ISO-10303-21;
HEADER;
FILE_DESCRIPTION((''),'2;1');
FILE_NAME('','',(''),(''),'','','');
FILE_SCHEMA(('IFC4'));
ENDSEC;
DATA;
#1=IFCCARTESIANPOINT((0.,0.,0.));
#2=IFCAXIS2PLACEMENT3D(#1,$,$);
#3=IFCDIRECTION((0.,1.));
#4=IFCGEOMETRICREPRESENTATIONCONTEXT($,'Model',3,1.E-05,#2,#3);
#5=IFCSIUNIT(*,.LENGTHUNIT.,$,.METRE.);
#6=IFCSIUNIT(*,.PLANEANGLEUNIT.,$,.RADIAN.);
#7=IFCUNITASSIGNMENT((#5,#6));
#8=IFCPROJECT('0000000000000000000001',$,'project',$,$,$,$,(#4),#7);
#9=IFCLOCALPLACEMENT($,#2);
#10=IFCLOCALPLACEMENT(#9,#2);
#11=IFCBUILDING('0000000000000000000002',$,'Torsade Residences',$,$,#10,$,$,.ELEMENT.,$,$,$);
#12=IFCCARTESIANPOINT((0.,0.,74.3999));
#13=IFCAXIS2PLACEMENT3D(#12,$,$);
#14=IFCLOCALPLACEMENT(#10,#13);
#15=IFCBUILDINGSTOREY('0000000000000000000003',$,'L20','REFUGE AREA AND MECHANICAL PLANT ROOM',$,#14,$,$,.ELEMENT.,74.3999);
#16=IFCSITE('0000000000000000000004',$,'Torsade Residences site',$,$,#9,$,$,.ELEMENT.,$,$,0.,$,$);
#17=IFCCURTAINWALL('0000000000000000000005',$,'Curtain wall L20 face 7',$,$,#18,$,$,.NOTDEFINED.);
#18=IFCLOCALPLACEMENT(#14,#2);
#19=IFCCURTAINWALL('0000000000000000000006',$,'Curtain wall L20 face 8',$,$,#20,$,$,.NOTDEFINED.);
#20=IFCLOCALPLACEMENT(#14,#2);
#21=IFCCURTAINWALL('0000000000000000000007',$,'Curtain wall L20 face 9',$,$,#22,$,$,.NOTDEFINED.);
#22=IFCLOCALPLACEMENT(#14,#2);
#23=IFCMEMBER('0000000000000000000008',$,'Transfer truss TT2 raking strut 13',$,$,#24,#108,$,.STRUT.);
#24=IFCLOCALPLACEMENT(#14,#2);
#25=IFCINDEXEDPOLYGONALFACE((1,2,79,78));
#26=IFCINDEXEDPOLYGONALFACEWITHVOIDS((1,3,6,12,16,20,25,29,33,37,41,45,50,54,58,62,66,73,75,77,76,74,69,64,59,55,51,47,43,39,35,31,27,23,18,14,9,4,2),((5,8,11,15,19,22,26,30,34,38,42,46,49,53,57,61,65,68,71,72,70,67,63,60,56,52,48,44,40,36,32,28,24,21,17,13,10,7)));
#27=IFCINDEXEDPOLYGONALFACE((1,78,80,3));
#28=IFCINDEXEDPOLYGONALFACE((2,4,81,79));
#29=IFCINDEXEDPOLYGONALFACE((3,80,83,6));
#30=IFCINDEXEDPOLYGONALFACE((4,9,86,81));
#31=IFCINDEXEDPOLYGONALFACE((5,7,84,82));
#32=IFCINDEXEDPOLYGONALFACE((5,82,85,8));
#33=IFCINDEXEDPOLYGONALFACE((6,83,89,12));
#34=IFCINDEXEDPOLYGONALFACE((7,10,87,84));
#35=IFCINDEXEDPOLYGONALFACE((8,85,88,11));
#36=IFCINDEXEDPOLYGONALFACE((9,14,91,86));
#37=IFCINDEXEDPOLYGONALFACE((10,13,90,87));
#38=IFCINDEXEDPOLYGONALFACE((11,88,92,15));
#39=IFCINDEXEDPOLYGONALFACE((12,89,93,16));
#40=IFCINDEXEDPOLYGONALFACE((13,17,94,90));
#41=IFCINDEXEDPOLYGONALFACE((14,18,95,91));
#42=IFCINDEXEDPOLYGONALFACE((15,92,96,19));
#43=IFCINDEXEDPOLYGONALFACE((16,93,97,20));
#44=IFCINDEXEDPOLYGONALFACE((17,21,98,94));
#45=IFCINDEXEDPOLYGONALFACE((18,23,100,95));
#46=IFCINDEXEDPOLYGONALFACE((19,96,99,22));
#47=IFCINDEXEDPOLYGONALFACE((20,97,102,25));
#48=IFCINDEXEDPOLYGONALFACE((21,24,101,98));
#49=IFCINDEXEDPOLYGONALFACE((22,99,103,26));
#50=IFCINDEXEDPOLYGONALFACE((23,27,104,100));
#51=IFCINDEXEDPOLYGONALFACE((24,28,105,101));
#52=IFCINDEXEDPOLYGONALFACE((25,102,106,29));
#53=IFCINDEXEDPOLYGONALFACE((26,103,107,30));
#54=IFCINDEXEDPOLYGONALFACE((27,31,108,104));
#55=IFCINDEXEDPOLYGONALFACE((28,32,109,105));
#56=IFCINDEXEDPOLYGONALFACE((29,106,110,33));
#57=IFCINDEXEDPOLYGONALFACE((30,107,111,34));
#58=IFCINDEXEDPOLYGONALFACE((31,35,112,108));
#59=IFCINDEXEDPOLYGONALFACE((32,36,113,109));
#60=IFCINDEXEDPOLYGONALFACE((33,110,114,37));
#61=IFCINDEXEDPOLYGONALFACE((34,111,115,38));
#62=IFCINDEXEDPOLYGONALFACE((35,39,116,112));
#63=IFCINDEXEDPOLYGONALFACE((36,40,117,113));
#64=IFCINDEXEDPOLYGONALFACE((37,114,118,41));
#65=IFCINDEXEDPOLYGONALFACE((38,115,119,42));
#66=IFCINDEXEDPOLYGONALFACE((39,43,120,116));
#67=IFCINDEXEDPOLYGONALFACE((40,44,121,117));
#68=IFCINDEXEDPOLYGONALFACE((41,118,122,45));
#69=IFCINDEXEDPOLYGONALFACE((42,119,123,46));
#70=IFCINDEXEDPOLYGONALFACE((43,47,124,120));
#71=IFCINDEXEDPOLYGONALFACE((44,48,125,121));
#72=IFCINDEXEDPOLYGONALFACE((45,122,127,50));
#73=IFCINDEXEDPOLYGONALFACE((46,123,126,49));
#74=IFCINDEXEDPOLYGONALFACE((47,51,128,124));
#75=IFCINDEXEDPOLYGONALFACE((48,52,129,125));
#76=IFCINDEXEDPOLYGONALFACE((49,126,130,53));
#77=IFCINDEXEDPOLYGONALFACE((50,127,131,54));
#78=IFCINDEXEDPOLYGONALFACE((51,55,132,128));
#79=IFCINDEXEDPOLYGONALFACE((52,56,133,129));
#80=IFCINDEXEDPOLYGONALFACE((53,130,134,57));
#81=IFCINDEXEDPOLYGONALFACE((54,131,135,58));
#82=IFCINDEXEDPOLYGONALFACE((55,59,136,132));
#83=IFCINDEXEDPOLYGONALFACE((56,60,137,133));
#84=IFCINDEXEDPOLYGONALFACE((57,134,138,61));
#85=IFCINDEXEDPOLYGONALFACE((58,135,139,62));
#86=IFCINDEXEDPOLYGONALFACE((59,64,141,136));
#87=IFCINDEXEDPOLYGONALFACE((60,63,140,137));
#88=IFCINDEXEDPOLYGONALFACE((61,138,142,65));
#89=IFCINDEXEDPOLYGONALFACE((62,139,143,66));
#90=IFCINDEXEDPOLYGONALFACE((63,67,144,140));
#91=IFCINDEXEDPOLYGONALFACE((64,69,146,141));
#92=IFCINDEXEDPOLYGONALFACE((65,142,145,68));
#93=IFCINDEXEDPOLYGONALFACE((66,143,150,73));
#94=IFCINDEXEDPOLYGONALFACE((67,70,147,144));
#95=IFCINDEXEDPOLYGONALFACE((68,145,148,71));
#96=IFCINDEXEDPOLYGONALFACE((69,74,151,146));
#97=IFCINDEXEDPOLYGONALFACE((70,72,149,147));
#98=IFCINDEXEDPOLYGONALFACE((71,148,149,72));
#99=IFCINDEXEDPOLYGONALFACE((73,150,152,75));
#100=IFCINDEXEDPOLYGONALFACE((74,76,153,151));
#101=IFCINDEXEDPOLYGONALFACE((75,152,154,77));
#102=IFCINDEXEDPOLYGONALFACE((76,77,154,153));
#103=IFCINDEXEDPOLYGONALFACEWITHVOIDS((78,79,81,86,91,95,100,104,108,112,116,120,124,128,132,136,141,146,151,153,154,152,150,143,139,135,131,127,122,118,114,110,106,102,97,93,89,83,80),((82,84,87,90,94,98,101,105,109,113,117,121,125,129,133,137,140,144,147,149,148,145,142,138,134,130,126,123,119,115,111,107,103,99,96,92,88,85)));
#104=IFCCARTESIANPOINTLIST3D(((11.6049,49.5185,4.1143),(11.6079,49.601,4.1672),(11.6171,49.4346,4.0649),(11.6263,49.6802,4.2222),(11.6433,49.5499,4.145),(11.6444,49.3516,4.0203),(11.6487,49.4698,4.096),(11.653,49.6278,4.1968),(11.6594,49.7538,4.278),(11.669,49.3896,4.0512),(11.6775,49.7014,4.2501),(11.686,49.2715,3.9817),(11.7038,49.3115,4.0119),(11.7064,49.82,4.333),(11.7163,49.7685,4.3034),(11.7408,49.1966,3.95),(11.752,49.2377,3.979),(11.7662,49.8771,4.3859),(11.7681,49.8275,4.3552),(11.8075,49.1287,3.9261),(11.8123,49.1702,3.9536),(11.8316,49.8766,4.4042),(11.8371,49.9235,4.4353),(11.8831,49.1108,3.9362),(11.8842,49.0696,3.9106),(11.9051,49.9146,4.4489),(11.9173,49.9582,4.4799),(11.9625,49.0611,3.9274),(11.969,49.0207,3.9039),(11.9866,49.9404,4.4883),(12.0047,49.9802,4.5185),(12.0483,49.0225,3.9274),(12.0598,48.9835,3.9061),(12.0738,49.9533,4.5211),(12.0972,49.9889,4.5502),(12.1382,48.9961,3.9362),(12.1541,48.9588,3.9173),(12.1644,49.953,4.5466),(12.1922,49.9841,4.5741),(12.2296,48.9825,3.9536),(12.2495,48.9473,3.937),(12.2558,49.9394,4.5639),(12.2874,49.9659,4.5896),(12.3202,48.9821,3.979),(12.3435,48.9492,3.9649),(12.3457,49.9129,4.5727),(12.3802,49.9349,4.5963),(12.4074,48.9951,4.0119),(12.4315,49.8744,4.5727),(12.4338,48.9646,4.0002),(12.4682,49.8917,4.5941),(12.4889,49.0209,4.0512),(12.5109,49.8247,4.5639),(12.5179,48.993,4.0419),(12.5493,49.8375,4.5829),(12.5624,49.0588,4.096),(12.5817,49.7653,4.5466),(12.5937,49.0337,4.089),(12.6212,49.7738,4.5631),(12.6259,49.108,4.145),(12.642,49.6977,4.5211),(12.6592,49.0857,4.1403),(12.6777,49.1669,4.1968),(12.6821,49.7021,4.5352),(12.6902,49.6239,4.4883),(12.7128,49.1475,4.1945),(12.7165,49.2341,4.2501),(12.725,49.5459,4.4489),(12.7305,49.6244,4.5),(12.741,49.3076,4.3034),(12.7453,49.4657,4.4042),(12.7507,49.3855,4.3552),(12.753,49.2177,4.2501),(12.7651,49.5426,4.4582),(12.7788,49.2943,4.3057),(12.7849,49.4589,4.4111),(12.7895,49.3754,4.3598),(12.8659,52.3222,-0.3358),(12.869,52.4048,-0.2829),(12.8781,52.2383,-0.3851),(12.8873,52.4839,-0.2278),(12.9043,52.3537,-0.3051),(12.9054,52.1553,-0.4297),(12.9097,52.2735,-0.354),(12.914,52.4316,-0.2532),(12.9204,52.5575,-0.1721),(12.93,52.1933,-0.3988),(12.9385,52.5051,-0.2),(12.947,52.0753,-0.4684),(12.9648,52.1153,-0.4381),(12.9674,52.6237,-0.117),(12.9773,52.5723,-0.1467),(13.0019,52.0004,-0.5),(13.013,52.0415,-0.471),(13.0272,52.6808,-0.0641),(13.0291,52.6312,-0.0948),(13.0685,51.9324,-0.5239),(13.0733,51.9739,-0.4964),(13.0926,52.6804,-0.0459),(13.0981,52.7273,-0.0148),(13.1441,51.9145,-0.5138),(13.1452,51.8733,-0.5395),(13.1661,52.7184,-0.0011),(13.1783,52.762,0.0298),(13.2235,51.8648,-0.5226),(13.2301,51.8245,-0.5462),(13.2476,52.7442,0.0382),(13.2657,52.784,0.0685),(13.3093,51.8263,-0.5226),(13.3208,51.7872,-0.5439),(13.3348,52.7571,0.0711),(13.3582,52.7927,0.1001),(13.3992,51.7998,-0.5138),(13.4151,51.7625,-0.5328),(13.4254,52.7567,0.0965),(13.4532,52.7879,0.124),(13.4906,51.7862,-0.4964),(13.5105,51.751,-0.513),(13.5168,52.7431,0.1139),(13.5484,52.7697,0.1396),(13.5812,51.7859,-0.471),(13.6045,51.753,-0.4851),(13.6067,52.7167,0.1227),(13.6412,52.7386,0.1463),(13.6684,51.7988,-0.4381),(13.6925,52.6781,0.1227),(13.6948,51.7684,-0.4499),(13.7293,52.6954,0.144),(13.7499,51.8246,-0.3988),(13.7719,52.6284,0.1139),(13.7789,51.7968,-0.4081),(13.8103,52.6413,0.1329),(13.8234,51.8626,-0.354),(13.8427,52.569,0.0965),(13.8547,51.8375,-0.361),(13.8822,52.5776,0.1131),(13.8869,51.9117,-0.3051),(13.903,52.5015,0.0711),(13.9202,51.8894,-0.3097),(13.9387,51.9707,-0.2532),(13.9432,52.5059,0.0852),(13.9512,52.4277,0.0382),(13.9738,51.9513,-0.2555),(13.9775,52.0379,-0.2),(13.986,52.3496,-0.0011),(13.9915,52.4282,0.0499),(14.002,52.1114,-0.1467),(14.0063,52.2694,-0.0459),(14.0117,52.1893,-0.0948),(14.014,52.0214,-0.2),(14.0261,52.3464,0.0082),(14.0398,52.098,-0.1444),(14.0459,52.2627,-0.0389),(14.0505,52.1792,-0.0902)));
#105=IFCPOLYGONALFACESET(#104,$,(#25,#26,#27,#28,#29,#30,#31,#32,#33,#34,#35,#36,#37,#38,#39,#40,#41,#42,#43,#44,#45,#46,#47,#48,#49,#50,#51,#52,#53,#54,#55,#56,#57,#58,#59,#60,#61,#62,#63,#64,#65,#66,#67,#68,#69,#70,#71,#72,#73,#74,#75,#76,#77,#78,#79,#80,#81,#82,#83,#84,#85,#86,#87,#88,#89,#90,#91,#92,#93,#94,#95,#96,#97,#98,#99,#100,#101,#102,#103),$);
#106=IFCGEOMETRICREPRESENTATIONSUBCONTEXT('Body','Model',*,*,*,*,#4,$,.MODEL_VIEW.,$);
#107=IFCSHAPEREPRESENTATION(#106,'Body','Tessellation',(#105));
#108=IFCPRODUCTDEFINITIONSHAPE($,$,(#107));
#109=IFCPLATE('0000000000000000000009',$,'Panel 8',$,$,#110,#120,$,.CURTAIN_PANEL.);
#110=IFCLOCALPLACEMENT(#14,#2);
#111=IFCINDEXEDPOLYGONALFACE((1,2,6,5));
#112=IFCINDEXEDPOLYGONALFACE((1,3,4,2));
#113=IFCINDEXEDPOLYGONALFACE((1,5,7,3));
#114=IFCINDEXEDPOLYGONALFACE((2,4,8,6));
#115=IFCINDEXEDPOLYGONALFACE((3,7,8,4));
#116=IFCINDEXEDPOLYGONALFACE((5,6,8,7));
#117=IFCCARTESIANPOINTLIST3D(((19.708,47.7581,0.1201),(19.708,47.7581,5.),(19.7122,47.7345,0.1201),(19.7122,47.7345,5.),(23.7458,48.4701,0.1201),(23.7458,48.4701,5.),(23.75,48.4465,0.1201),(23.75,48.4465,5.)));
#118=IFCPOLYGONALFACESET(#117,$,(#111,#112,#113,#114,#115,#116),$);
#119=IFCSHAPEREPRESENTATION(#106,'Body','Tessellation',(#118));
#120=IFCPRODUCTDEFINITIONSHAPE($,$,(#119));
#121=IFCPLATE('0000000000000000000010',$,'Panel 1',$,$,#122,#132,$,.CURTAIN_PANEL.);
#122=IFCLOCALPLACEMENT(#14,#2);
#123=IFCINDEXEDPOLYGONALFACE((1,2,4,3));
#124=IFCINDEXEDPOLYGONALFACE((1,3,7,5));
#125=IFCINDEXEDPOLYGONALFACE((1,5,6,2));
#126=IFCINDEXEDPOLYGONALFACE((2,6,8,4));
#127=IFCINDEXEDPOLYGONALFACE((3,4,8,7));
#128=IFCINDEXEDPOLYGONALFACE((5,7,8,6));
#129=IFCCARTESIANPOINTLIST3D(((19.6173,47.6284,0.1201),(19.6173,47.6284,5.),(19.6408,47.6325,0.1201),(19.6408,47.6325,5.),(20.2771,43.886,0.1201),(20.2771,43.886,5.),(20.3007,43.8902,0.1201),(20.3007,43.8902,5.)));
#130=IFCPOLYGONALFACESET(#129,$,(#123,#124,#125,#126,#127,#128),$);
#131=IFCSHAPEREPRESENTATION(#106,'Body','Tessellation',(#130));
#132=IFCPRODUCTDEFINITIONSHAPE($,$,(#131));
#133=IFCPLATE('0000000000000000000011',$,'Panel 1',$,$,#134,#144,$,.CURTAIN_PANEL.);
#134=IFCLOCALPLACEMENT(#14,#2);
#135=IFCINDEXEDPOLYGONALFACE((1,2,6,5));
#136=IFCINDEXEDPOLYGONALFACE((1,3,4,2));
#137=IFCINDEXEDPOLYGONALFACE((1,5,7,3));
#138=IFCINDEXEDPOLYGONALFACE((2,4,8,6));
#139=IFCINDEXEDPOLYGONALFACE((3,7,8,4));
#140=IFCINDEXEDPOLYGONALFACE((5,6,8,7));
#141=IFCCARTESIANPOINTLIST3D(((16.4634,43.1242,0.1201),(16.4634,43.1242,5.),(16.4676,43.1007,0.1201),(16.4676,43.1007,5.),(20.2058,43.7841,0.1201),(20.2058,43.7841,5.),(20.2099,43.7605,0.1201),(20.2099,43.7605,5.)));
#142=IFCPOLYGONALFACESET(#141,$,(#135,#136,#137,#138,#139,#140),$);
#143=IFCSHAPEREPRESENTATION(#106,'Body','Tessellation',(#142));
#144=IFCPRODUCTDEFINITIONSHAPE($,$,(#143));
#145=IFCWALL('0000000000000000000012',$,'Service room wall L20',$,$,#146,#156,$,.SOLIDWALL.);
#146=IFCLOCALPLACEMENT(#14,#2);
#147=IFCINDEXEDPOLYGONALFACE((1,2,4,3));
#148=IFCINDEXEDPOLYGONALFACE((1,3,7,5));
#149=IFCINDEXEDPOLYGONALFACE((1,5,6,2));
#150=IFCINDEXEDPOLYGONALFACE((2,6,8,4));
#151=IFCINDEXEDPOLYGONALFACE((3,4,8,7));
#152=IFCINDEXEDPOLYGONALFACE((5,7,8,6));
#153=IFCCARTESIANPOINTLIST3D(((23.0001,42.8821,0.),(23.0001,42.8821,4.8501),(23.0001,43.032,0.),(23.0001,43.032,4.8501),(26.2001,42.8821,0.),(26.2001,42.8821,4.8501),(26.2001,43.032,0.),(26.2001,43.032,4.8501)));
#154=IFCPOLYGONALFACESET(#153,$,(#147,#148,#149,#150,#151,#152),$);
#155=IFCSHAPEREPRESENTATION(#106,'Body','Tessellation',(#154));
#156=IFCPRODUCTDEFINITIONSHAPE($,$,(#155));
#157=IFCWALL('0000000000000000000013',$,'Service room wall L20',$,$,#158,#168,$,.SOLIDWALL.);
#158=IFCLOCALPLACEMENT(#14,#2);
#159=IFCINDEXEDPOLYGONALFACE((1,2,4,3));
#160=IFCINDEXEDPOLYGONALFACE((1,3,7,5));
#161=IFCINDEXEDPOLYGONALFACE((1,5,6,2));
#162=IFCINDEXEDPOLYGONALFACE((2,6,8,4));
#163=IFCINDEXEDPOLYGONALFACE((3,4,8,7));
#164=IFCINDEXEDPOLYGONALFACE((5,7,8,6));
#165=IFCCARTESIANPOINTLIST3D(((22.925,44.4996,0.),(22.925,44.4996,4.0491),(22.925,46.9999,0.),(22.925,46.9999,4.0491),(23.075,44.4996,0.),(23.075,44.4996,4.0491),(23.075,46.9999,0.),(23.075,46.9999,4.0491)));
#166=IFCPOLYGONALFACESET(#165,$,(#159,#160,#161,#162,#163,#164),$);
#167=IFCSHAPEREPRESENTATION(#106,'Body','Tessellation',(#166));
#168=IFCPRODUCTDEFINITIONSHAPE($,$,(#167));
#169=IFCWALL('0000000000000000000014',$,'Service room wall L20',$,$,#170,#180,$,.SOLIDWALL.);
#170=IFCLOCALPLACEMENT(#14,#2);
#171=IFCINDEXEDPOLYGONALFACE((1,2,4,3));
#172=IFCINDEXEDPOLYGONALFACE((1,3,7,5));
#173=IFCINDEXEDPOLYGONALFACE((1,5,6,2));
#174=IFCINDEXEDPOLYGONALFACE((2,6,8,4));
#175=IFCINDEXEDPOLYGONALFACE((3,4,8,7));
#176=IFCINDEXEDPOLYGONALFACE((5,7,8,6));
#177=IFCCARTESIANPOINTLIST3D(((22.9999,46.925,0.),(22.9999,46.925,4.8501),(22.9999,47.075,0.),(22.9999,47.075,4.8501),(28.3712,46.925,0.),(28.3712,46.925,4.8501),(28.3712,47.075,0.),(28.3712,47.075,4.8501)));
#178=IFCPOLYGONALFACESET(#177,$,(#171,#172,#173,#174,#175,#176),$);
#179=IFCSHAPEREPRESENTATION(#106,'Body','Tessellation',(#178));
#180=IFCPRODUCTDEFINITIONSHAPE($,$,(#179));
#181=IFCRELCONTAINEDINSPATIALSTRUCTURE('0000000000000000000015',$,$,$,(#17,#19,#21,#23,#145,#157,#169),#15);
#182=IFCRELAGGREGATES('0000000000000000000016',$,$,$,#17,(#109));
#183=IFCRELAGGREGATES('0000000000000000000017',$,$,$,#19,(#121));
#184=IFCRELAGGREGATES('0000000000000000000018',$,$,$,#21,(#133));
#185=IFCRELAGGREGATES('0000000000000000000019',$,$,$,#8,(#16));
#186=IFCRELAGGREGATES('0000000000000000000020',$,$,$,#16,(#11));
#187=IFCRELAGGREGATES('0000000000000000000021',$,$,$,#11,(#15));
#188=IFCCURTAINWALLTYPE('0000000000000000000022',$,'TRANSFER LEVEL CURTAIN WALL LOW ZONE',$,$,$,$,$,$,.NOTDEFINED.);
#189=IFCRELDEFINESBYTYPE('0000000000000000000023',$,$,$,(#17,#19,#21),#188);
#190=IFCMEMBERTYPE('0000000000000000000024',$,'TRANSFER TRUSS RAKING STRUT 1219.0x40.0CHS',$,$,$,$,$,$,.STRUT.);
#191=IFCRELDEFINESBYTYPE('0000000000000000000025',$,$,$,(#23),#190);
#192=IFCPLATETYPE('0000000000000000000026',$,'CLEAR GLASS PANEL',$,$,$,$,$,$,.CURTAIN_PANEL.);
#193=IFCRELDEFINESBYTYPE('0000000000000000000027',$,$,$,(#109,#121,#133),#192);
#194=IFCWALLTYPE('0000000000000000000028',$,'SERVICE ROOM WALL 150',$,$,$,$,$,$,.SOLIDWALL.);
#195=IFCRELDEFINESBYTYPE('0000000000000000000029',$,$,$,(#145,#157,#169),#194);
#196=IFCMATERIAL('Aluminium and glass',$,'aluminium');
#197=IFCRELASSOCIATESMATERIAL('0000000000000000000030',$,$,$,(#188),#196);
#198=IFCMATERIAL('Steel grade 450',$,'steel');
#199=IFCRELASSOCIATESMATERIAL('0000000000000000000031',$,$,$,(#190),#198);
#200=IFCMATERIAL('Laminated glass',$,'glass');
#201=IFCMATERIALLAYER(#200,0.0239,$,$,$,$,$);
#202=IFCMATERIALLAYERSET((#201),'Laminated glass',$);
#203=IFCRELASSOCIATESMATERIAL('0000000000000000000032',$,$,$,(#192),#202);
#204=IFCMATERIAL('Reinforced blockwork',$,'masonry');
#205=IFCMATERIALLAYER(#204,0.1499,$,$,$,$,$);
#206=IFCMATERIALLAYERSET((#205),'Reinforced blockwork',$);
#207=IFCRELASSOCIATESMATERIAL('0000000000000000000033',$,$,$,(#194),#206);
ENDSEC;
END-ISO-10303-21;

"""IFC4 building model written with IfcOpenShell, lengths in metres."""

from ifc_helpers import new_model, si_unit, direction, frame, frame_2d, origin, origin_2d, place, context, subcontext, project, spatial, rectangle, hollow_circle, extrude, material, layer, layer_set, material_profile, profile_set, type_object, element, aggregate, save


model = new_model("IFC4")

# Units and contexts
model_context = context("Model", 3, precision=1e-05, world=origin(), true_north=direction((0.0, 1.0)))
body_context = subcontext(model_context, "Body", "Model", "MODEL_VIEW")
ifc_project = project(units=[si_unit("LENGTHUNIT", "METRE"), si_unit("PLANEANGLEUNIT", "RADIAN")], contexts=[model_context])

# Site, building, storey
site_placement = place(None, origin())
site = spatial("IfcSite", under=ifc_project, at=site_placement, Name="Torsade Residences site", CompositionType="ELEMENT", RefElevation=0.0)
building_placement = place(site_placement, origin())
building = spatial("IfcBuilding", under=site, at=building_placement, Name="Torsade Residences", CompositionType="ELEMENT")
storey_placement = place(building_placement, frame((0.0, 0.0, 74.3999)))
storey = spatial("IfcBuildingStorey", under=building, at=storey_placement, Name="L20", Description="REFUGE AREA AND MECHANICAL PLANT ROOM", CompositionType="ELEMENT", Elevation=74.3999)

# Curtain walls
ifc_material_1 = material(Name="Aluminium and glass", Category="aluminium")
curtain_wall_type = type_object("IfcCurtainWallType", Name="TRANSFER LEVEL CURTAIN WALL LOW ZONE", PredefinedType="NOTDEFINED", material=ifc_material_1)
curtain_wall_1_placement = place(storey_placement, origin())
curtain_wall_1 = element("IfcCurtainWall", 1, at=curtain_wall_1_placement, inside=storey, type_object=curtain_wall_type, Name="Curtain wall L20 face 7", PredefinedType="NOTDEFINED")
curtain_wall_2_placement = place(storey_placement, origin())
curtain_wall_2 = element("IfcCurtainWall", 2, at=curtain_wall_2_placement, inside=storey, type_object=curtain_wall_type, Name="Curtain wall L20 face 8", PredefinedType="NOTDEFINED")
curtain_wall_3_placement = place(storey_placement, origin())
curtain_wall_3 = element("IfcCurtainWall", 3, at=curtain_wall_3_placement, inside=storey, type_object=curtain_wall_type, Name="Curtain wall L20 face 9", PredefinedType="NOTDEFINED")

# Member
ifc_material_2 = material(Name="Steel grade 450", Category="steel")
ifc_material_profile_1 = material_profile(ifc_material_2, hollow_circle(Radius=0.6096, WallThickness=0.04, at=origin_2d()), Name="1219.0x40.0CHS")
ifc_profile_set_1 = profile_set([ifc_material_profile_1], Name="Steel grade 450")
member_type_1 = type_object("IfcMemberType", Name="TRANSFER TRUSS RAKING STRUT 1219.0x40.0CHS", PredefinedType="STRUT", material=ifc_profile_set_1)
member_1_placement = place(storey_placement, frame((13.458, 52.2715, -0.2), z_axis=(-0.233145, -0.51838, 0.822755), x_axis=(0.912005, -0.41018, 0.0)))
element("IfcMember", 4, at=member_1_placement, inside=storey, type_object=member_type_1, Name="Transfer truss TT2 raking strut 13", PredefinedType="STRUT", context=body_context, shape_type="SweptSolid", body=[
    extrude(hollow_circle(Radius=0.6096, WallThickness=0.04, at=origin_2d()), origin(), (0.0, 0.0, 1.0), 5.4087),
])

# Plates
ifc_material_3 = material(Name="Laminated glass", Category="glass")
ifc_layer_1 = layer(ifc_material_3, 0.0239)
ifc_layer_set_1 = layer_set([ifc_layer_1], Name="Laminated glass")
plate_type = type_object("IfcPlateType", Name="CLEAR GLASS PANEL", PredefinedType="CURTAIN_PANEL", material=ifc_layer_set_1)
plate_1_placement = place(storey_placement, frame((21.729, 48.1023, 0.1201), z_axis=(0.0, 0.0, 1.0), x_axis=(-0.984808, -0.173648, 0.0)))
plate_1 = element("IfcPlate", 5, at=plate_1_placement, type_object=plate_type, Name="Panel 8", PredefinedType="CURTAIN_PANEL", context=body_context, shape_type="SweptSolid", body=[
    extrude(rectangle(XDim=4.1001, YDim=0.0239, at=origin_2d()), origin(), (0.0, 0.0, 1.0), 4.8799),
])
aggregate(curtain_wall_1, [plate_1])
plate_2_placement = place(storey_placement, frame((19.959, 45.7593, 0.1201), z_axis=(0.0, 0.0, 1.0), x_axis=(0.173648, -0.984808, 0.0)))
plate_2 = element("IfcPlate", 6, at=plate_2_placement, type_object=plate_type, Name="Panel 1", PredefinedType="CURTAIN_PANEL", context=body_context, shape_type="SweptSolid", body=[
    extrude(rectangle(XDim=3.8, YDim=0.0239, at=origin_2d()), origin(), (0.0, 0.0, 1.0), 4.8799),
])
aggregate(curtain_wall_2, [plate_2])
plate_3_placement = place(storey_placement, frame((18.3367, 43.4424, 0.1201), z_axis=(0.0, 0.0, 1.0), x_axis=(-0.984808, -0.173648, 0.0)))
plate_3 = element("IfcPlate", 7, at=plate_3_placement, type_object=plate_type, Name="Panel 1", PredefinedType="CURTAIN_PANEL", context=body_context, shape_type="SweptSolid", body=[
    extrude(rectangle(XDim=3.8, YDim=0.0239, at=origin_2d()), origin(), (0.0, 0.0, 1.0), 4.8799),
])
aggregate(curtain_wall_3, [plate_3])

# Walls
ifc_material_4 = material(Name="Reinforced blockwork", Category="masonry")
ifc_layer_2 = layer(ifc_material_4, 0.1499)
ifc_layer_set_2 = layer_set([ifc_layer_2], Name="Reinforced blockwork")
wall_type = type_object("IfcWallType", Name="SERVICE ROOM WALL 150", PredefinedType="SOLIDWALL", material=ifc_layer_set_2)
wall_1_placement = place(storey_placement, frame((23.0, 42.957, 0.0), z_axis=(0.0, 0.0, 1.0), x_axis=(1.0, 0.0, 0.0)))
element("IfcWall", 8, at=wall_1_placement, inside=storey, type_object=wall_type, Name="Service room wall L20", PredefinedType="SOLIDWALL", context=body_context, shape_type="SweptSolid", body=[
    extrude(rectangle(XDim=3.2, YDim=0.1499, at=frame_2d((1.6001, 0.0))), origin(), (0.0, 0.0, 1.0), 4.8501),
])
wall_2_placement = place(storey_placement, frame((23.0, 44.4998, 0.0), z_axis=(0.0, 0.0, 1.0), x_axis=(0.0, 1.0, 0.0)))
element("IfcWall", 9, at=wall_2_placement, inside=storey, type_object=wall_type, Name="Service room wall L20", PredefinedType="SOLIDWALL", context=body_context, shape_type="SweptSolid", body=[
    extrude(rectangle(XDim=2.5002, YDim=0.1499, at=frame_2d((1.25, 0.0))), origin(), (0.0, 0.0, 1.0), 4.0491),
])
wall_3_placement = place(storey_placement, frame((23.0, 47.0, 0.0), z_axis=(0.0, 0.0, 1.0), x_axis=(1.0, 0.0, 0.0)))
element("IfcWall", 10, at=wall_3_placement, inside=storey, type_object=wall_type, Name="Service room wall L20", PredefinedType="SOLIDWALL", context=body_context, shape_type="SweptSolid", body=[
    extrude(rectangle(XDim=5.3713, YDim=0.1499, at=frame_2d((2.6855, 0.0))), origin(), (0.0, 0.0, 1.0), 4.8501),
])

save(model, "model.ifc")
